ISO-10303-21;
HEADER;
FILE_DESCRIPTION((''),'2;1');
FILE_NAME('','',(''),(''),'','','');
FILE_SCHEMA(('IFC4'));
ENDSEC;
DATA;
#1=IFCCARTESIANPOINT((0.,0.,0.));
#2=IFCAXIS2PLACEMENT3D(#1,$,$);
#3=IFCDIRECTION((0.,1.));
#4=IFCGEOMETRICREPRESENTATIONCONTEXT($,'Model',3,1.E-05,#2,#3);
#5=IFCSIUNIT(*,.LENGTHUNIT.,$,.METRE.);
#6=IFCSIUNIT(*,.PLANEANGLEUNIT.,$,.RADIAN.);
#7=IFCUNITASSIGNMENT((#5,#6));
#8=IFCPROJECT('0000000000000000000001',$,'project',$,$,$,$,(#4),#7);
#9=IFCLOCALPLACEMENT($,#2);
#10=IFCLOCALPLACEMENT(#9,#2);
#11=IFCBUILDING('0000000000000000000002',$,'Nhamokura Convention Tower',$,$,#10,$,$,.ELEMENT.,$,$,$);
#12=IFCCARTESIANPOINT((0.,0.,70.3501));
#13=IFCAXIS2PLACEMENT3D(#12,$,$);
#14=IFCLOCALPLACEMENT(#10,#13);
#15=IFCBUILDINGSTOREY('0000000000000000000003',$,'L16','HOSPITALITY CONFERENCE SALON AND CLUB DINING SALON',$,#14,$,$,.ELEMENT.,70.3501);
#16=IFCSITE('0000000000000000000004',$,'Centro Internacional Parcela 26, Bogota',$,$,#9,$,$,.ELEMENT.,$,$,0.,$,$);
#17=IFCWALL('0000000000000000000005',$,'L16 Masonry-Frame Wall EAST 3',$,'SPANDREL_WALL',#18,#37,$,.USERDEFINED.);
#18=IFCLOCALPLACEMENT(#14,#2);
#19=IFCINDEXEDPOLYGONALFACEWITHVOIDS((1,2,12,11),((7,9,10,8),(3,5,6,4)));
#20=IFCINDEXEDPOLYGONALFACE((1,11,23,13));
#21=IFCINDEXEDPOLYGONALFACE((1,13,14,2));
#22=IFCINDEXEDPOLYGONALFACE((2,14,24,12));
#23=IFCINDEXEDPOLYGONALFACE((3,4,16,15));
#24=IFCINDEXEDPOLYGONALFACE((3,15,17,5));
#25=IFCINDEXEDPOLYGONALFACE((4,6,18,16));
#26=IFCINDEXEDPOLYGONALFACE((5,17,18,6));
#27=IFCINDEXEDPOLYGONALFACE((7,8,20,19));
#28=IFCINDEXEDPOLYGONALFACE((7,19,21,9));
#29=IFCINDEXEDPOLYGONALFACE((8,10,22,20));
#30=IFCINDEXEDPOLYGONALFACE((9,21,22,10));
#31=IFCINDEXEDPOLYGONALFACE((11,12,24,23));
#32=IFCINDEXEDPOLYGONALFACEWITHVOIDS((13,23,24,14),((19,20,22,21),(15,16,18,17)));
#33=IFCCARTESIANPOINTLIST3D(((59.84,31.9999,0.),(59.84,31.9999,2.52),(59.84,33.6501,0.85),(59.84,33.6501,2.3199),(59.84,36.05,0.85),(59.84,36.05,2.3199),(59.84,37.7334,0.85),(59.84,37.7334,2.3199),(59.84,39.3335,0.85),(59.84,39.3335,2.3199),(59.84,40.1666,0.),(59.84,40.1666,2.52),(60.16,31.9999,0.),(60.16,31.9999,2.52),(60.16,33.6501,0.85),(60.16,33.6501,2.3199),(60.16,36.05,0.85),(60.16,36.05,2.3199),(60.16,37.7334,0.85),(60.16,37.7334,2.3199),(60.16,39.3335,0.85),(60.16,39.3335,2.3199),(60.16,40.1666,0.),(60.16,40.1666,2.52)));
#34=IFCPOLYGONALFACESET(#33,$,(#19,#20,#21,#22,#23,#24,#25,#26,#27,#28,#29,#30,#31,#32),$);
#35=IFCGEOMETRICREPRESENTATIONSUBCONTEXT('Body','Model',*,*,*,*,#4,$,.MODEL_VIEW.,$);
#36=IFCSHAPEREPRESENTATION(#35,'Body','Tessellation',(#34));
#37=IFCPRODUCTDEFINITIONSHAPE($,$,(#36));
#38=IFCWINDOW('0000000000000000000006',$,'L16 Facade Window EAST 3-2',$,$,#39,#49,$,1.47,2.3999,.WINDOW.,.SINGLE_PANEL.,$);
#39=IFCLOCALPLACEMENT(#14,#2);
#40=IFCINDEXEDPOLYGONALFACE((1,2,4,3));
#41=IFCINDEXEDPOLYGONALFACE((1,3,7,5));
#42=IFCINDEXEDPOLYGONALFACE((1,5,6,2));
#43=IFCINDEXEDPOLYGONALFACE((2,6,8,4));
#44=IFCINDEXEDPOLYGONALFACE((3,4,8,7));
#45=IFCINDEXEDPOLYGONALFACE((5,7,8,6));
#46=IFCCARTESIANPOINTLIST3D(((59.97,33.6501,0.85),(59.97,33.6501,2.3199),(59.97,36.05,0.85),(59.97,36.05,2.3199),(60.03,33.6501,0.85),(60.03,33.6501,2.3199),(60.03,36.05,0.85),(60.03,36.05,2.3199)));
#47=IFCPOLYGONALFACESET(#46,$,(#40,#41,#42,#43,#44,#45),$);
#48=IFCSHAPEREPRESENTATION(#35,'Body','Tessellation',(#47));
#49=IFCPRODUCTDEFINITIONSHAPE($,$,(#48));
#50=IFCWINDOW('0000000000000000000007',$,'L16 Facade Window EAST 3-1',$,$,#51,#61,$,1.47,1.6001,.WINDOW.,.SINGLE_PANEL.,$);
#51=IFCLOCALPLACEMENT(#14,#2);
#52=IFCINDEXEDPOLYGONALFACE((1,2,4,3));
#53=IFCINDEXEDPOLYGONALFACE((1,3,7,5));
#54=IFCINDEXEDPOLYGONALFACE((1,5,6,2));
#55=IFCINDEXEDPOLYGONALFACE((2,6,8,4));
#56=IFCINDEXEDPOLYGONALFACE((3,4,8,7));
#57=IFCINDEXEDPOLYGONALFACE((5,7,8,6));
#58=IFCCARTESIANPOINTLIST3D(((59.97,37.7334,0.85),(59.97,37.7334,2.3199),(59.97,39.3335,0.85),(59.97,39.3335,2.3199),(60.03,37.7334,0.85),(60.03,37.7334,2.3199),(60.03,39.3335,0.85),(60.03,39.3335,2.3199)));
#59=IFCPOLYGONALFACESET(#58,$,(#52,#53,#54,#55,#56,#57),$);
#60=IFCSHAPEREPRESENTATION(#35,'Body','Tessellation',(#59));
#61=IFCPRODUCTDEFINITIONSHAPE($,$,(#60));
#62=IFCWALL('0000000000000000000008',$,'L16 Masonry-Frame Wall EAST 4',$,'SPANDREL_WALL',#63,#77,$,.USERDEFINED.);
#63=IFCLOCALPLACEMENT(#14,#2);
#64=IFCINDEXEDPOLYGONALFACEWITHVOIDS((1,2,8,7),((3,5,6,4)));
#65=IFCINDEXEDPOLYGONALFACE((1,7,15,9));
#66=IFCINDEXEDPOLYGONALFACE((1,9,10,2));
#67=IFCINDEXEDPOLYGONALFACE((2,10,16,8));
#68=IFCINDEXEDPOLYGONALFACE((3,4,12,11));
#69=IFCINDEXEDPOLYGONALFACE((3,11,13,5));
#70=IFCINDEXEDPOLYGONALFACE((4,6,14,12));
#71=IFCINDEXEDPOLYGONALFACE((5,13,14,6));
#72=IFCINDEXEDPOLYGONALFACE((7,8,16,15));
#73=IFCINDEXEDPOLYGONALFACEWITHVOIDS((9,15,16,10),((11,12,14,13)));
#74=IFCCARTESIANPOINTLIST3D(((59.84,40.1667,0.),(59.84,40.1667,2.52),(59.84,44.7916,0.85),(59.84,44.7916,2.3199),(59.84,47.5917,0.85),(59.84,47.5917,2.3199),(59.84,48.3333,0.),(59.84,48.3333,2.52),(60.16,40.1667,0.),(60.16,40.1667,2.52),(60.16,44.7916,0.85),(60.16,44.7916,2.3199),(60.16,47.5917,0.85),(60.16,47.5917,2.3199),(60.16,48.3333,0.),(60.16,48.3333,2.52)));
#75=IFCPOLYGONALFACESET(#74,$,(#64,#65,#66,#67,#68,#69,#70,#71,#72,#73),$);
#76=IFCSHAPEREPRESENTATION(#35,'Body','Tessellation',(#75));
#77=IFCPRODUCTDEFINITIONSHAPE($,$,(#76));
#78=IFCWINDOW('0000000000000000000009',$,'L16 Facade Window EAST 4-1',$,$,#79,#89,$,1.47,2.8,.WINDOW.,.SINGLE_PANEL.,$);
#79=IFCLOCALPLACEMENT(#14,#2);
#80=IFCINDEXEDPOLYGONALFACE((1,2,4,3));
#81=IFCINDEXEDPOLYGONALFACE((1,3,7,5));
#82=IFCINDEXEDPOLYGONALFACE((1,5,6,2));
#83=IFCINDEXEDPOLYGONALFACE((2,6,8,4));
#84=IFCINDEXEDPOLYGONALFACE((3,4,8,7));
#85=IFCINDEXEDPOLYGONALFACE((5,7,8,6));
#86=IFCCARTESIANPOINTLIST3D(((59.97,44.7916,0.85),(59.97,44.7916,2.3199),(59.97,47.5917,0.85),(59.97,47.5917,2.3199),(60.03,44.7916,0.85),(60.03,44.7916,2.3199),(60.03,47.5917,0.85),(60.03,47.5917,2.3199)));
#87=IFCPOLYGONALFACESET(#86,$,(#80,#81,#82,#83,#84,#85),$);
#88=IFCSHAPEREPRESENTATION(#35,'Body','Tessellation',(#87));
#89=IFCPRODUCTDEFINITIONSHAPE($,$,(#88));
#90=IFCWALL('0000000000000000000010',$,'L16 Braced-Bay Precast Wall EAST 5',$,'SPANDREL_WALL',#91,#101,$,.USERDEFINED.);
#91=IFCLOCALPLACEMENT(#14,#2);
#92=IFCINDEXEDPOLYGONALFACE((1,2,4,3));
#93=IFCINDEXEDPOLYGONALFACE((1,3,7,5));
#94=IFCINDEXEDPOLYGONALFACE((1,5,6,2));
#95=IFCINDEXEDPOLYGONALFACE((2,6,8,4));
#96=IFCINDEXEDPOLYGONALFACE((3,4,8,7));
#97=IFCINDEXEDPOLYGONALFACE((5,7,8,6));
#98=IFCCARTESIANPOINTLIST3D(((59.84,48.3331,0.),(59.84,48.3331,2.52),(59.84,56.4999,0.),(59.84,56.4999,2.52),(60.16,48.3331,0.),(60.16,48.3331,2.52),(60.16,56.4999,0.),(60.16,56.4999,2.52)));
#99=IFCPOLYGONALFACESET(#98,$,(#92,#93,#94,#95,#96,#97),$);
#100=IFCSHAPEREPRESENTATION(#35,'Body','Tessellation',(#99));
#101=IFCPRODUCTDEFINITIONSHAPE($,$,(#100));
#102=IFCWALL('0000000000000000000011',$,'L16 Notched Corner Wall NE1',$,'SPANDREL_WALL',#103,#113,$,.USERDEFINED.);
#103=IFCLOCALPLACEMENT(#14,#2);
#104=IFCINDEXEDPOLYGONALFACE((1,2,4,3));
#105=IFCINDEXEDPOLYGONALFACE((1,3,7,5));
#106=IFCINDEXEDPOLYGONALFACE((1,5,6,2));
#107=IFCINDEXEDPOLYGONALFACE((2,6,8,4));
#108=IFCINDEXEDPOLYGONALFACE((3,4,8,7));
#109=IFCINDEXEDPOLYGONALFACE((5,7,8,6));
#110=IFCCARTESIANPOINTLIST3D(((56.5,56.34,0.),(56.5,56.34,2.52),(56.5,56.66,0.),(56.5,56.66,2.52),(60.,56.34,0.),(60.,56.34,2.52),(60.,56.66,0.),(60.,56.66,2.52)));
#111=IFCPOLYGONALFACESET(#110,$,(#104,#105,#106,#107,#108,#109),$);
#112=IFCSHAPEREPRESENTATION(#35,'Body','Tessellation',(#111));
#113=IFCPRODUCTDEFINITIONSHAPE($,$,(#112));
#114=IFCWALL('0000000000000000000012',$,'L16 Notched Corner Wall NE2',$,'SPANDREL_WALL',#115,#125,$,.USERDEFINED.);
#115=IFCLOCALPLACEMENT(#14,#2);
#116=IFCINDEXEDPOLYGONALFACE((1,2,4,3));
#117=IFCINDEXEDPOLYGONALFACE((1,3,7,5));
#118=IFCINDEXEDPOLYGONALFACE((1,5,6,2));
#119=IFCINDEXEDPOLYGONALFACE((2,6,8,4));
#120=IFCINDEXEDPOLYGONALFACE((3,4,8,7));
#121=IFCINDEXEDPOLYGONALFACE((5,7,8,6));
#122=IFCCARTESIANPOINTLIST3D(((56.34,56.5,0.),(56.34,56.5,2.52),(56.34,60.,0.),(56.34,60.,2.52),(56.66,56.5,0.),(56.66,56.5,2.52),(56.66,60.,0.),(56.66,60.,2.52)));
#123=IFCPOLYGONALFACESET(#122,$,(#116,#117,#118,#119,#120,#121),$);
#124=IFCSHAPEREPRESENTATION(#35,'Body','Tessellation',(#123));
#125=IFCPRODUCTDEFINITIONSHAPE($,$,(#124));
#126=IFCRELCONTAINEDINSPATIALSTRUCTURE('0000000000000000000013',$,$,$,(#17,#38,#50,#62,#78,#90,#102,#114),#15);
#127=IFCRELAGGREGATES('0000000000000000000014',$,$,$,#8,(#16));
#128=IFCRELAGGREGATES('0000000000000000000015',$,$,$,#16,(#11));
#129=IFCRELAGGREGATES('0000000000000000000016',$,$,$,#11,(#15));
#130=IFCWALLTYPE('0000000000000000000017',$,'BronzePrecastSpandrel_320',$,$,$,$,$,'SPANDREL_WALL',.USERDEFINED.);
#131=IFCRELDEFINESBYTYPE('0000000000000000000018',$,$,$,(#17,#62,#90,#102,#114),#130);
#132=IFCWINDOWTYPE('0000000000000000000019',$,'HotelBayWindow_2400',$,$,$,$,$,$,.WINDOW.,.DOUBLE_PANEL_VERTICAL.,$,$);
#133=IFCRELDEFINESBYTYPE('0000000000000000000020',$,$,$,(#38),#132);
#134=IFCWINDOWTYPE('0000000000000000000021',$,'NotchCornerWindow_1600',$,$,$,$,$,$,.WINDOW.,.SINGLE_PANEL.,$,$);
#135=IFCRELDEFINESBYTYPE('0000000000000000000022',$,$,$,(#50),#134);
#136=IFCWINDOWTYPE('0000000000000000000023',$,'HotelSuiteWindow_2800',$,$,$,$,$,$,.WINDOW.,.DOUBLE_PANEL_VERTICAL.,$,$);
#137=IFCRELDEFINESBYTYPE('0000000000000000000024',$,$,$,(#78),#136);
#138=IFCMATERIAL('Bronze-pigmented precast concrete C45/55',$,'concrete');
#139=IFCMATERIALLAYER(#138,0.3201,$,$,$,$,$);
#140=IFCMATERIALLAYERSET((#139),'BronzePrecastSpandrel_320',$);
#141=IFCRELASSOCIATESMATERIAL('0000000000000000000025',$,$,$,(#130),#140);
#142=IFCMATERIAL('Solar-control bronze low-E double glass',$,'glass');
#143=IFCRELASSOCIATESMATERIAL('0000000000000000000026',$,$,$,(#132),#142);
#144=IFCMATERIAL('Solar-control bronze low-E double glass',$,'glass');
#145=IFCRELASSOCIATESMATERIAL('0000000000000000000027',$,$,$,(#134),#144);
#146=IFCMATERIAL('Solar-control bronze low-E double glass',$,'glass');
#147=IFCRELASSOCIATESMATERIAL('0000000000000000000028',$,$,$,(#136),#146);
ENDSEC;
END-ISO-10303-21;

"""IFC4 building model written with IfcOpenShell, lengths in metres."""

from ifc_helpers import new_model, si_unit, direction, frame, frame_2d, origin, place, context, subcontext, project, spatial, rectangle, extrude, material, layer, layer_set, type_object, element, fill, save


model = new_model("IFC4")

# Units and contexts
model_context = context("Model", 3, precision=1e-05, world=origin(), true_north=direction((0.0, 1.0)))
body_context = subcontext(model_context, "Body", "Model", "MODEL_VIEW")
ifc_project = project(units=[si_unit("LENGTHUNIT", "METRE"), si_unit("PLANEANGLEUNIT", "RADIAN")], contexts=[model_context])

# Site, building, storey
site_placement = place(None, origin())
site = spatial("IfcSite", under=ifc_project, at=site_placement, Name="Centro Internacional Parcela 26, Bogota", CompositionType="ELEMENT", RefElevation=0.0)
building_placement = place(site_placement, origin())
building = spatial("IfcBuilding", under=site, at=building_placement, Name="Nhamokura Convention Tower", CompositionType="ELEMENT")
storey_placement = place(building_placement, frame((0.0, 0.0, 70.3501)))
storey = spatial("IfcBuildingStorey", under=building, at=storey_placement, Name="L16", Description="HOSPITALITY CONFERENCE SALON AND CLUB DINING SALON", CompositionType="ELEMENT", Elevation=70.3501)

# Shared definitions
ifc_material_1 = material(Name="Bronze-pigmented precast concrete C45/55", Category="concrete")
ifc_layer = layer(ifc_material_1, 0.3201)
ifc_layer_set = layer_set([ifc_layer], Name="BronzePrecastSpandrel_320")
wall_type = type_object("IfcWallType", Name="BronzePrecastSpandrel_320", ElementType="SPANDREL_WALL", PredefinedType="USERDEFINED", material=ifc_layer_set)

# Wall, openings, windows
wall_1_placement = place(storey_placement, frame((60.0, 40.1667, 0.0), z_axis=(0.0, 0.0, 1.0), x_axis=(0.0, -1.0, 0.0)))
wall_1 = element("IfcWall", 1, at=wall_1_placement, inside=storey, type_object=wall_type, Name="L16 Masonry-Frame Wall EAST 3", ObjectType="SPANDREL_WALL", PredefinedType="USERDEFINED", context=body_context, shape_type="SweptSolid", body=[
    extrude(rectangle(XDim=8.1667, YDim=0.3201, at=frame_2d((4.0835, 0.0))), origin(), (0.0, 0.0, 1.0), 2.52),
])
opening_1_placement = place(wall_1_placement, frame((0.8333, 0.0, 0.8501)))
opening_1 = element("IfcOpeningElement", 2, at=opening_1_placement, cuts=wall_1, PredefinedType="OPENING", context=body_context, shape_type="SweptSolid", body=[
    extrude(rectangle(XDim=1.6001, YDim=1.47, at=frame_2d((0.8, 0.7349))), frame((0.0, 0.1699, 0.0), z_axis=(0.0, -1.0, 0.0), x_axis=(1.0, 0.0, 0.0)), (0.0, 0.0, 1.0), 0.3401),
])
opening_2_placement = place(wall_1_placement, frame((4.1167, 0.0, 0.8501)))
opening_2 = element("IfcOpeningElement", 3, at=opening_2_placement, cuts=wall_1, PredefinedType="OPENING", context=body_context, shape_type="SweptSolid", body=[
    extrude(rectangle(XDim=2.3999, YDim=1.47, at=frame_2d((1.2, 0.7349))), frame((0.0, 0.1699, 0.0), z_axis=(0.0, -1.0, 0.0), x_axis=(1.0, 0.0, 0.0)), (0.0, 0.0, 1.0), 0.3401),
])
ifc_material_2 = material(Name="Solar-control bronze low-E double glass", Category="glass")
window_type_1 = type_object("IfcWindowType", Name="HotelBayWindow_2400", PartitioningType="DOUBLE_PANEL_VERTICAL", PredefinedType="WINDOW", material=ifc_material_2)
window_1_placement = place(opening_2_placement, origin())
window_1 = element("IfcWindow", 4, at=window_1_placement, inside=storey, type_object=window_type_1, Name="L16 Facade Window EAST 3-2", OverallHeight=1.47, OverallWidth=2.3999, PartitioningType="SINGLE_PANEL", PredefinedType="WINDOW", context=body_context, shape_type="SweptSolid", body=[
    extrude(rectangle(XDim=2.3999, YDim=1.47, at=frame_2d((1.2, 0.7349))), frame((0.0, 0.03, 0.0), z_axis=(0.0, -1.0, 0.0), x_axis=(1.0, 0.0, 0.0)), (0.0, 0.0, 1.0), 0.0601),
])
fill(opening_2, window_1)
ifc_material_3 = material(Name="Solar-control bronze low-E double glass", Category="glass")
window_type_2 = type_object("IfcWindowType", Name="NotchCornerWindow_1600", PartitioningType="SINGLE_PANEL", PredefinedType="WINDOW", material=ifc_material_3)
window_2_placement = place(opening_1_placement, origin())
window_2 = element("IfcWindow", 5, at=window_2_placement, inside=storey, type_object=window_type_2, Name="L16 Facade Window EAST 3-1", OverallHeight=1.47, OverallWidth=1.6001, PartitioningType="SINGLE_PANEL", PredefinedType="WINDOW", context=body_context, shape_type="SweptSolid", body=[
    extrude(rectangle(XDim=1.6001, YDim=1.47, at=frame_2d((0.8, 0.7349))), frame((0.0, 0.03, 0.0), z_axis=(0.0, -1.0, 0.0), x_axis=(1.0, 0.0, 0.0)), (0.0, 0.0, 1.0), 0.0601),
])
fill(opening_1, window_2)

# Wall, opening, window
wall_2_placement = place(storey_placement, frame((60.0, 48.3333, 0.0), z_axis=(0.0, 0.0, 1.0), x_axis=(0.0, -1.0, 0.0)))
wall_2 = element("IfcWall", 6, at=wall_2_placement, inside=storey, type_object=wall_type, Name="L16 Masonry-Frame Wall EAST 4", ObjectType="SPANDREL_WALL", PredefinedType="USERDEFINED", context=body_context, shape_type="SweptSolid", body=[
    extrude(rectangle(XDim=8.1665, YDim=0.3201, at=frame_2d((4.0833, 0.0))), origin(), (0.0, 0.0, 1.0), 2.52),
])
opening_3_placement = place(wall_2_placement, frame((0.7417, 0.0, 0.8501)))
opening_3 = element("IfcOpeningElement", 7, at=opening_3_placement, cuts=wall_2, PredefinedType="OPENING", context=body_context, shape_type="SweptSolid", body=[
    extrude(rectangle(XDim=2.8, YDim=1.47, at=frame_2d((1.3999, 0.7349))), frame((0.0, 0.1699, 0.0), z_axis=(0.0, -1.0, 0.0), x_axis=(1.0, 0.0, 0.0)), (0.0, 0.0, 1.0), 0.3401),
])
ifc_material_4 = material(Name="Solar-control bronze low-E double glass", Category="glass")
window_type_3 = type_object("IfcWindowType", Name="HotelSuiteWindow_2800", PartitioningType="DOUBLE_PANEL_VERTICAL", PredefinedType="WINDOW", material=ifc_material_4)
window_3_placement = place(opening_3_placement, origin())
window_3 = element("IfcWindow", 8, at=window_3_placement, inside=storey, type_object=window_type_3, Name="L16 Facade Window EAST 4-1", OverallHeight=1.47, OverallWidth=2.8, PartitioningType="SINGLE_PANEL", PredefinedType="WINDOW", context=body_context, shape_type="SweptSolid", body=[
    extrude(rectangle(XDim=2.8, YDim=1.47, at=frame_2d((1.3999, 0.7349))), frame((0.0, 0.03, 0.0), z_axis=(0.0, -1.0, 0.0), x_axis=(1.0, 0.0, 0.0)), (0.0, 0.0, 1.0), 0.0601),
])
fill(opening_3, window_3)

# Walls
wall_3_placement = place(storey_placement, frame((60.0, 56.5, 0.0), z_axis=(0.0, 0.0, 1.0), x_axis=(0.0, -1.0, 0.0)))
element("IfcWall", 9, at=wall_3_placement, inside=storey, type_object=wall_type, Name="L16 Braced-Bay Precast Wall EAST 5", ObjectType="SPANDREL_WALL", PredefinedType="USERDEFINED", context=body_context, shape_type="SweptSolid", body=[
    extrude(rectangle(XDim=8.1667, YDim=0.3201, at=frame_2d((4.0835, 0.0))), origin(), (0.0, 0.0, 1.0), 2.52),
])
for number, where, z_axis, x_axis, name in (
    (10, (56.5, 56.5, 0.0), (0.0, 0.0, 1.0), (1.0, 0.0, 0.0), "L16 Notched Corner Wall NE1"),
    (11, (56.5, 60.0, 0.0), (0.0, 0.0, 1.0), (0.0, -1.0, 0.0), "L16 Notched Corner Wall NE2"),
):
    element("IfcWall", number, at=place(storey_placement, frame(where, z_axis=z_axis, x_axis=x_axis)), inside=storey, type_object=wall_type, Name=name, ObjectType="SPANDREL_WALL", PredefinedType="USERDEFINED", context=body_context, shape_type="SweptSolid", body=[
        extrude(rectangle(XDim=3.5, YDim=0.3201, at=frame_2d((1.75, 0.0))), origin(), (0.0, 0.0, 1.0), 2.52),
    ])

save(model, "model.ifc")
